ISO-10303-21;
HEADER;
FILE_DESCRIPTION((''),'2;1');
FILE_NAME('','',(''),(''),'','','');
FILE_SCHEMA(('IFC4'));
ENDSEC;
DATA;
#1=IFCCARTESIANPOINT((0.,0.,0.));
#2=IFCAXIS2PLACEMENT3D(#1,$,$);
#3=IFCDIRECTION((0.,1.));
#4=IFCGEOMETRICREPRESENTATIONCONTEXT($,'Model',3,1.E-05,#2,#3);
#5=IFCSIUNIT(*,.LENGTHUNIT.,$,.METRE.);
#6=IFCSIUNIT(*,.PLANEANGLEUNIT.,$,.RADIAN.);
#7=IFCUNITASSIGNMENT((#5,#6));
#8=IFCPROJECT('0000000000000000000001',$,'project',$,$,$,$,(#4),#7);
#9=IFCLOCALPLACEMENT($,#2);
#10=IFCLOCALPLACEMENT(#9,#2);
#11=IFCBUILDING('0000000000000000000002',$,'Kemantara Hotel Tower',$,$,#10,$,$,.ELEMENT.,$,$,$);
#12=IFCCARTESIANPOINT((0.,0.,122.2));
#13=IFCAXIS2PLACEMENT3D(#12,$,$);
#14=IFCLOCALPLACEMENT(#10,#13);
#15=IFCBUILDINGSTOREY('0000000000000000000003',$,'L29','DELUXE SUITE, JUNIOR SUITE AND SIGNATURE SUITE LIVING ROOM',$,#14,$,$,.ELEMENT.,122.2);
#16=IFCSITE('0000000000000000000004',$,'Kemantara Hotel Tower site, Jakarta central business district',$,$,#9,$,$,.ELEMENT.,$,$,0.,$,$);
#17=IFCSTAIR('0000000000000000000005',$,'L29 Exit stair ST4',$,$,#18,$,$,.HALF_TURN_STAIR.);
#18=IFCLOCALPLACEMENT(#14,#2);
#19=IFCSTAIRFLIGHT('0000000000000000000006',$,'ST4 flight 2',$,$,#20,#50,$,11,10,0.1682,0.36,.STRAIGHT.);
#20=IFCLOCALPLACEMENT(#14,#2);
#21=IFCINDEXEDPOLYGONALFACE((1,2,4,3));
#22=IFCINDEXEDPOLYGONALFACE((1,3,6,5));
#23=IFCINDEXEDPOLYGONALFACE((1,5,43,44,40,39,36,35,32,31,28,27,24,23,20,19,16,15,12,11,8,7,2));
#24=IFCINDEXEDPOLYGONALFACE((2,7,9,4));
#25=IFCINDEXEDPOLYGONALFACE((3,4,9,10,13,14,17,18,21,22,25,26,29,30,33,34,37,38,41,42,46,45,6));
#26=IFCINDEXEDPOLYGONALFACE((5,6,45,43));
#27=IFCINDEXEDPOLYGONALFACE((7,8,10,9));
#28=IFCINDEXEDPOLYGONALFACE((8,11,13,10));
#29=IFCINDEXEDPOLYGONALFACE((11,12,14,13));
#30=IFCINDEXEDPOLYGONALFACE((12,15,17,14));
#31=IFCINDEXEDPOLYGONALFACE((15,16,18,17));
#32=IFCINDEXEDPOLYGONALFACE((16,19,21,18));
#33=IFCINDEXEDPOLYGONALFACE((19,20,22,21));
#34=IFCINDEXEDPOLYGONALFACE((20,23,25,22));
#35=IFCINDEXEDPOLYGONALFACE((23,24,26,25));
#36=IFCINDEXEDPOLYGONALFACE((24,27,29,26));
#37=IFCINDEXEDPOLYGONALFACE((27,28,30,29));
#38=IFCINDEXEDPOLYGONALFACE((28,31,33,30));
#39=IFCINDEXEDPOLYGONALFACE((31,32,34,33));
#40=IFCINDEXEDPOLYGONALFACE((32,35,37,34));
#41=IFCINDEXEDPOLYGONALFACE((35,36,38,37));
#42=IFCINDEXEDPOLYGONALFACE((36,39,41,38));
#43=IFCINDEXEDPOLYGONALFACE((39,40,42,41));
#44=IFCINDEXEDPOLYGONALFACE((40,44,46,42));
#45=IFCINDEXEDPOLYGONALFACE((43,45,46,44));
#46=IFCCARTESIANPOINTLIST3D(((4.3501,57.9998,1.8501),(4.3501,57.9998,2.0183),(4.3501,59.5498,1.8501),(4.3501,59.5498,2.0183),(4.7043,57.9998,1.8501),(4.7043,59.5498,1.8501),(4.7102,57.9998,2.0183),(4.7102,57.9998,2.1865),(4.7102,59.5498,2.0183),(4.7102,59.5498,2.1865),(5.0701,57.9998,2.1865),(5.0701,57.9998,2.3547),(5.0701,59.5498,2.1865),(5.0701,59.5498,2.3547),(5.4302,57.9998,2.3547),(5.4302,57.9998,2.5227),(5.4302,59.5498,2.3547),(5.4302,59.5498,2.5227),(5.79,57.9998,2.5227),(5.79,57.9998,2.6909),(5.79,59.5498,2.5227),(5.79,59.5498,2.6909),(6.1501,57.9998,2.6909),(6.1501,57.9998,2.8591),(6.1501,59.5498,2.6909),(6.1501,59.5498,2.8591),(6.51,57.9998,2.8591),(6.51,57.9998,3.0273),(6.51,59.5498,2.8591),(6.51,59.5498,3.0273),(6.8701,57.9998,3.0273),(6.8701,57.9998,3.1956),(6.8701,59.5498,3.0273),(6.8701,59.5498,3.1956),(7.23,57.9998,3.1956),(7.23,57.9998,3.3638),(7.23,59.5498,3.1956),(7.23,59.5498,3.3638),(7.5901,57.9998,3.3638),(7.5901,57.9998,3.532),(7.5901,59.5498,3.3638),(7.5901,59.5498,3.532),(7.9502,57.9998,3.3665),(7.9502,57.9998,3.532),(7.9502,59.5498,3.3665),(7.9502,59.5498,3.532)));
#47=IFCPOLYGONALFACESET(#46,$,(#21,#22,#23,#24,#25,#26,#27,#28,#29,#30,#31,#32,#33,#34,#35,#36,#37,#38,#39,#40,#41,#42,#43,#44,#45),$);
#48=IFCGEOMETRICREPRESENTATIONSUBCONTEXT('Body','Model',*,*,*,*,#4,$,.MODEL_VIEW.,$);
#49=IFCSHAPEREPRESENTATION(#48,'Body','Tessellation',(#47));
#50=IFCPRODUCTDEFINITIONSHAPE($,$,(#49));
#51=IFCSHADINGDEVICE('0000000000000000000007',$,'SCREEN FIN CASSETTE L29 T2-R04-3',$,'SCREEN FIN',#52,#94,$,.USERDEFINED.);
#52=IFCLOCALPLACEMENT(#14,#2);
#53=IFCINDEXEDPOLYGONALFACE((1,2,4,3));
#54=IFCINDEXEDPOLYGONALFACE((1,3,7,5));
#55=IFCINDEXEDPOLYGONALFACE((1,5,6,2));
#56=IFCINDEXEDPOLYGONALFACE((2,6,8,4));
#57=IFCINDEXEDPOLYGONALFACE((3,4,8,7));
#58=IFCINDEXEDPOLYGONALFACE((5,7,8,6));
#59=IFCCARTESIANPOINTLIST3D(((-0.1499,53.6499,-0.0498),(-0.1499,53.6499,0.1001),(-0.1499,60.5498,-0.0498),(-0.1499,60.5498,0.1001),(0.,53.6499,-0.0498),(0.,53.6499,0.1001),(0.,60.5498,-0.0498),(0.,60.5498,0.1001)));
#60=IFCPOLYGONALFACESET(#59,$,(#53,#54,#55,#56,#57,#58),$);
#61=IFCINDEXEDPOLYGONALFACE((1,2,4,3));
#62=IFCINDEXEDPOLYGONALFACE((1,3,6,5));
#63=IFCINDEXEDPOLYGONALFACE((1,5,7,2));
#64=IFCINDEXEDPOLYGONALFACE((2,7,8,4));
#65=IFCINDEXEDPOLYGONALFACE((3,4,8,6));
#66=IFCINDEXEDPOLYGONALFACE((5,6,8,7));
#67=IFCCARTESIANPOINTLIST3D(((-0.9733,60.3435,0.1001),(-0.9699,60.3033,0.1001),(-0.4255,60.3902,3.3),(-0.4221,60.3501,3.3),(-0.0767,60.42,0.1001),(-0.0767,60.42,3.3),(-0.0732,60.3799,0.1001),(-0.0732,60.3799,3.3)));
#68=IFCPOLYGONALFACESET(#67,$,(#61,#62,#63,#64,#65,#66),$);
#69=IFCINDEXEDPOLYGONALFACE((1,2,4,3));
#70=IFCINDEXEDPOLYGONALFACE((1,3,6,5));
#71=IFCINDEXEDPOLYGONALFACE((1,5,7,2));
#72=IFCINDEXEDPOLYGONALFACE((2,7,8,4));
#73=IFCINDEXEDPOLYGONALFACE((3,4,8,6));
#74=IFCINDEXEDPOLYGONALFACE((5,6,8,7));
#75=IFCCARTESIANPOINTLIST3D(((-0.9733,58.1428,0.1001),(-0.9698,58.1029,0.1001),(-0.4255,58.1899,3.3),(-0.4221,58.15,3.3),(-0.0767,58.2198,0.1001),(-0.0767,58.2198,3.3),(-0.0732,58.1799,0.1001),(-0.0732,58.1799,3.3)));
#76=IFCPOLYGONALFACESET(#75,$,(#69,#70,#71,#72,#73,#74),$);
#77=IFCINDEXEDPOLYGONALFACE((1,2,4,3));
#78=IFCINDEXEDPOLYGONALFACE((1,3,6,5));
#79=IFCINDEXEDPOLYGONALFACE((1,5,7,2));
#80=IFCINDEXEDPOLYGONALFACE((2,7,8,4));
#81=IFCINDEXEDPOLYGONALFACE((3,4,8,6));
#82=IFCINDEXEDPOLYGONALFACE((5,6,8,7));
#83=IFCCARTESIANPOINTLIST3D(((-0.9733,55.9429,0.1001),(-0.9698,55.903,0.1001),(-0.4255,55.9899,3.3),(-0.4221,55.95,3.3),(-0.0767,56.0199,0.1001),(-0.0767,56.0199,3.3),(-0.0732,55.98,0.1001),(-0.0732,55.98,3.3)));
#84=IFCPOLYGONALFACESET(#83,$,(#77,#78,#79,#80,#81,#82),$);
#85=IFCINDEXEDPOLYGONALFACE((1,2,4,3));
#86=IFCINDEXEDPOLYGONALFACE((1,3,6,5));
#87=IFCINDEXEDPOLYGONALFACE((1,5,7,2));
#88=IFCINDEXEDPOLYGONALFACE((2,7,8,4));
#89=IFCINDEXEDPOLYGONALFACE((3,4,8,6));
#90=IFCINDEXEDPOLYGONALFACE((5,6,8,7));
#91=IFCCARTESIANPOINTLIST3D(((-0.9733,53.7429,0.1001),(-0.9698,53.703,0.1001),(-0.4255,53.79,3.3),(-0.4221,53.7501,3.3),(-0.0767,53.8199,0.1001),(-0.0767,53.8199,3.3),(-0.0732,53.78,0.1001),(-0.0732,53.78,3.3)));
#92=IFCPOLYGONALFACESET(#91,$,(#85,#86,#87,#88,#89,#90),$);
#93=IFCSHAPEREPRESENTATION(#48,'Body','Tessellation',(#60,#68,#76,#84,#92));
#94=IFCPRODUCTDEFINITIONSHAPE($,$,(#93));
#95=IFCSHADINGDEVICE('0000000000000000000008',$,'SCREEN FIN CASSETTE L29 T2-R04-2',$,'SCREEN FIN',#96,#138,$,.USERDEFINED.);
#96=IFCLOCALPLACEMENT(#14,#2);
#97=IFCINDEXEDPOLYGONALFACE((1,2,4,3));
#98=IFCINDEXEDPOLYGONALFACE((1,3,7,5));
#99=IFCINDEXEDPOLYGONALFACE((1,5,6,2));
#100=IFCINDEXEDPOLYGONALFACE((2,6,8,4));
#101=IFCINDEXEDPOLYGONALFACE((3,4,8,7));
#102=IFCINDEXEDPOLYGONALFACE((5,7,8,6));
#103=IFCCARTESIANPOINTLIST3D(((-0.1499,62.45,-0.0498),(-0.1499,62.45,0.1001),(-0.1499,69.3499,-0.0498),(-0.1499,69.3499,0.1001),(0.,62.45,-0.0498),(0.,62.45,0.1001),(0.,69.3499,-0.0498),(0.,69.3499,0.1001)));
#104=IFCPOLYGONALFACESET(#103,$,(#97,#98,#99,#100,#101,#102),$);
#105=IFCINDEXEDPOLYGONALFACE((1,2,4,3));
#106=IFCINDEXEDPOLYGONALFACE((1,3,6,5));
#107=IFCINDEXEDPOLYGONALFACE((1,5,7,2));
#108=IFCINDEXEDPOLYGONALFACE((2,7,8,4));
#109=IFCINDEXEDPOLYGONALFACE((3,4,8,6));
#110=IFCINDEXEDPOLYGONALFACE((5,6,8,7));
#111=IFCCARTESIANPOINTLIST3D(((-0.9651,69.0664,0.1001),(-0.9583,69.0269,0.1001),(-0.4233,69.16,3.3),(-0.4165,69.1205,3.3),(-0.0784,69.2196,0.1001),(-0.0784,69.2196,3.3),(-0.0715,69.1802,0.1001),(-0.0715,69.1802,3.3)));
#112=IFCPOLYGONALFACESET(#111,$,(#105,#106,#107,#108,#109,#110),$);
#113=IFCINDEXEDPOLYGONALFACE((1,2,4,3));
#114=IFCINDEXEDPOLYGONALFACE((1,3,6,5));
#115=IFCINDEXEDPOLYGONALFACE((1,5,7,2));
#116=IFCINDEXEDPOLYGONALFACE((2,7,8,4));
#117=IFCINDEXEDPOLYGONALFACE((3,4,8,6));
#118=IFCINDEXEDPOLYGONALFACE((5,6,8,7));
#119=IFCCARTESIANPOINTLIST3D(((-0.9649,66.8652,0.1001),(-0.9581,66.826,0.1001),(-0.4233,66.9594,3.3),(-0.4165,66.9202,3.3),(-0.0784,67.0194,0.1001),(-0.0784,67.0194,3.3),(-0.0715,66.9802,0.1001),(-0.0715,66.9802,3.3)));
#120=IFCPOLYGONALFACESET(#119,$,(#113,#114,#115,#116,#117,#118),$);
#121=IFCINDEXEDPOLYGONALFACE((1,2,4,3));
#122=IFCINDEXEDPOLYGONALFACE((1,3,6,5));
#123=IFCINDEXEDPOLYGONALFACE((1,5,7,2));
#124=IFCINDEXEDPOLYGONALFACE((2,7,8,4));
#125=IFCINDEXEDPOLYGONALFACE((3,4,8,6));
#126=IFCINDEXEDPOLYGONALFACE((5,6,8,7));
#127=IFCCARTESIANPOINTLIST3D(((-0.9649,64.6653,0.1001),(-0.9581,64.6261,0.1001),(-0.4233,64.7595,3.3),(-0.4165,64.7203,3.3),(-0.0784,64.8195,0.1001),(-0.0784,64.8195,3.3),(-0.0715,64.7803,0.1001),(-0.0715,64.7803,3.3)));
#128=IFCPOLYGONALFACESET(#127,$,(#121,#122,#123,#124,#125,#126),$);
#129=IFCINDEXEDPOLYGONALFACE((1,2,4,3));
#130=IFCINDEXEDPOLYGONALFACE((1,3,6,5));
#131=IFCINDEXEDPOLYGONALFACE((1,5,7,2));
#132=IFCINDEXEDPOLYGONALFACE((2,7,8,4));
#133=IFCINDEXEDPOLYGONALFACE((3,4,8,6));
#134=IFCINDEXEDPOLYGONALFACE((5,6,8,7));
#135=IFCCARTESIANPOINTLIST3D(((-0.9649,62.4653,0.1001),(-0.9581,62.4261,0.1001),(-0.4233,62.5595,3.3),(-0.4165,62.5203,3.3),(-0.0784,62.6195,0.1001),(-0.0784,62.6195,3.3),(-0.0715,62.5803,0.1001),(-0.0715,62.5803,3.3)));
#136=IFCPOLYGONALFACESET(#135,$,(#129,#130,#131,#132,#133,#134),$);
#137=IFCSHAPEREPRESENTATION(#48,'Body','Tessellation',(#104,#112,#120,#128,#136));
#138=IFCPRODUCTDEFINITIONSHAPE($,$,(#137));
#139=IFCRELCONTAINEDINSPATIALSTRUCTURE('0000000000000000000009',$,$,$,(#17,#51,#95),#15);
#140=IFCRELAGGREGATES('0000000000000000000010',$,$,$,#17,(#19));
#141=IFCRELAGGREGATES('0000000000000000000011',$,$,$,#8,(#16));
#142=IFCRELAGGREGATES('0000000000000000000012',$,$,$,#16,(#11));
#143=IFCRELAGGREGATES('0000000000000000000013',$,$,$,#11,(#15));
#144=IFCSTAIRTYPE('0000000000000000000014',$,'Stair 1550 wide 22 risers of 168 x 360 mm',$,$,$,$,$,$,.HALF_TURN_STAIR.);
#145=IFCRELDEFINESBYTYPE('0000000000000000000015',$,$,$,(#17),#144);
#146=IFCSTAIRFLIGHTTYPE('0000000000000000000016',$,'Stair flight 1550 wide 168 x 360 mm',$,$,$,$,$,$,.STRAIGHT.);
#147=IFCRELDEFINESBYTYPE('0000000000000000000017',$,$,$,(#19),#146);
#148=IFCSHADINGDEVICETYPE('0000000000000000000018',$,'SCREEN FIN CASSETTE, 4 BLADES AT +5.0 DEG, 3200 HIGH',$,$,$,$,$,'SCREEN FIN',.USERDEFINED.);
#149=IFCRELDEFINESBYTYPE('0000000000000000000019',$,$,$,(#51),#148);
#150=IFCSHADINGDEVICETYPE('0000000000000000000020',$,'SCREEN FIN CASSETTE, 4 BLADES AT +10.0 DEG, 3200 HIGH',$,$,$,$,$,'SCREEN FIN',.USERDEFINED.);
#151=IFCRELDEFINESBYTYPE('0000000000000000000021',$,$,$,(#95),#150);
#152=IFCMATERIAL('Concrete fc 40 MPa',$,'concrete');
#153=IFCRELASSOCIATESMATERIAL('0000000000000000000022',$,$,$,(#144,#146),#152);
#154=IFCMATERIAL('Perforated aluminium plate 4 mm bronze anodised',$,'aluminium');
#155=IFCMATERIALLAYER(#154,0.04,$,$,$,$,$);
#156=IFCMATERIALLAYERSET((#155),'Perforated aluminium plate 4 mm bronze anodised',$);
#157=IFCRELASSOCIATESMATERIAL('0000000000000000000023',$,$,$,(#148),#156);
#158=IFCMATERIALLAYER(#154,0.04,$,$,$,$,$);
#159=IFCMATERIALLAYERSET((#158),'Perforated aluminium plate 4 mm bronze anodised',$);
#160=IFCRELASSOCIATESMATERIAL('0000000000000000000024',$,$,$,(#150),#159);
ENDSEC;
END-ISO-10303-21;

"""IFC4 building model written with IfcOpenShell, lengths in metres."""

from ifc_helpers import new_model, si_unit, direction, frame, origin, origin_2d, place, context, subcontext, project, spatial, polyline, rectangle, outline, extrude, source, transform, mapped, material, layer, layer_set, type_object, element, aggregate, save


model = new_model("IFC4")

# Units and contexts
model_context = context("Model", 3, precision=1e-05, world=origin(), true_north=direction((0.0, 1.0)))
body_context = subcontext(model_context, "Body", "Model", "MODEL_VIEW")
ifc_project = project(units=[si_unit("LENGTHUNIT", "METRE"), si_unit("PLANEANGLEUNIT", "RADIAN")], contexts=[model_context])

# Site, building, storey
site_placement = place(None, origin())
site = spatial("IfcSite", under=ifc_project, at=site_placement, Name="Kemantara Hotel Tower site, Jakarta central business district", CompositionType="ELEMENT", RefElevation=0.0)
building_placement = place(site_placement, origin())
building = spatial("IfcBuilding", under=site, at=building_placement, Name="Kemantara Hotel Tower", CompositionType="ELEMENT")
storey_placement = place(building_placement, frame((0.0, 0.0, 122.2)))
storey = spatial("IfcBuildingStorey", under=building, at=storey_placement, Name="L29", Description="DELUXE SUITE, JUNIOR SUITE AND SIGNATURE SUITE LIVING ROOM", CompositionType="ELEMENT", Elevation=122.2)

# Shared definitions
ifc_material_1 = material(Name="Concrete fc 40 MPa", Category="concrete")

# Stair, stair flight
stair_type = type_object("IfcStairType", Name="Stair 1550 wide 22 risers of 168 x 360 mm", PredefinedType="HALF_TURN_STAIR", material=ifc_material_1)
stair_placement = place(storey_placement, origin())
stair = element("IfcStair", 1, at=stair_placement, inside=storey, type_object=stair_type, Name="L29 Exit stair ST4", PredefinedType="HALF_TURN_STAIR")
stair_flight_type = type_object("IfcStairFlightType", Name="Stair flight 1550 wide 168 x 360 mm", PredefinedType="STRAIGHT", material=ifc_material_1)
stair_flight_1_placement = place(storey_placement, frame((4.3501, 58.7749, 1.8501), z_axis=(0.0, 0.0, 1.0), x_axis=(1.0, 0.0, 0.0)))
stair_flight_1 = element("IfcStairFlight", 2, at=stair_flight_1_placement, type_object=stair_flight_type, Name="ST4 flight 2", NumberOfRisers=11, NumberOfTreads=10, PredefinedType="STRAIGHT", RiserHeight=0.1682, TreadLength=0.36, context=body_context, shape_type="SweptSolid", body=[
    extrude(outline(polyline([(0.0, 0.0), (0.0, 0.1682), (0.3601, 0.1682), (0.3601, 0.3364), (0.72, 0.3364), (0.72, 0.5046), (1.0801, 0.5046), (1.0801, 0.6726), (1.4399, 0.6726), (1.4399, 0.8408), (1.8, 0.8408), (1.8, 1.009), (2.1599, 1.009), (2.1599, 1.1772), (2.52, 1.1772), (2.52, 1.3455), (2.8799, 1.3455), (2.8799, 1.5137), (3.24, 1.5137), (3.24, 1.6819), (3.6001, 1.6819), (3.6001, 1.8501), (3.6001, 1.5164), (0.3542, 0.0), (0.0, 0.0)])), frame((0.0, 0.7749, 0.0), z_axis=(0.0, -1.0, 0.0), x_axis=(1.0, 0.0, 0.0)), (0.0, 0.0, 1.0), 1.55),
])
aggregate(stair, [stair_flight_1])

# Shading devices
ifc_material_2 = material(Name="Perforated aluminium plate 4 mm bronze anodised", Category="aluminium")
ifc_layer_1 = layer(ifc_material_2, 0.04)
ifc_layer_set_1 = layer_set([ifc_layer_1], Name="Perforated aluminium plate 4 mm bronze anodised")
shading_device_type_1 = type_object("IfcShadingDeviceType", Name="SCREEN FIN CASSETTE, 4 BLADES AT +5.0 DEG, 3200 HIGH", ElementType="SCREEN FIN", PredefinedType="USERDEFINED", material=ifc_layer_set_1)
shared_shape_1 = source(origin(), body_context, "Body", "SweptSolid", [
    extrude(rectangle(XDim=6.8999, YDim=0.1499, at=origin_2d()), frame((3.3, -0.075, -0.1499), z_axis=(0.0, 0.0, 1.0), x_axis=(1.0, 0.0, 0.0)), (0.0, 0.0, 1.0), 0.1499),
    extrude(outline(polyline([(0.0, 0.0), (0.8999, 0.0), (0.3501, 3.2), (0.0, 3.2), (0.0, 0.0)])), frame((0.02, -0.0732, 0.0), z_axis=(-0.996376, -0.085056, 0.0), x_axis=(0.085056, -0.996376, 0.0)), (0.0, 0.0, 1.0), 0.0403),
    extrude(outline(polyline([(0.0, 0.0), (0.8999, 0.0), (0.3501, 3.2), (0.0, 3.2), (0.0, 0.0)])), frame((2.22, -0.0732, 0.0), z_axis=(-0.996332, -0.085575, 0.0), x_axis=(0.085575, -0.996332, 0.0)), (0.0, 0.0, 1.0), 0.04),
    extrude(outline(polyline([(0.0, 0.0), (0.8999, 0.0), (0.3501, 3.2), (0.0, 3.2), (0.0, 0.0)])), frame((4.4199, -0.0732, 0.0), z_axis=(-0.996332, -0.085575, 0.0), x_axis=(0.085575, -0.996332, 0.0)), (0.0, 0.0, 1.0), 0.04),
    extrude(outline(polyline([(0.0, 0.0), (0.8999, 0.0), (0.3501, 3.2), (0.0, 3.2), (0.0, 0.0)])), frame((6.6199, -0.0732, 0.0), z_axis=(-0.996332, -0.085575, 0.0), x_axis=(0.085575, -0.996332, 0.0)), (0.0, 0.0, 1.0), 0.04),
])
shading_device_1_placement = place(storey_placement, frame((0.0, 60.3999, 0.1001), z_axis=(0.0, 0.0, 1.0), x_axis=(0.0, -1.0, 0.0)))
element("IfcShadingDevice", 3, at=shading_device_1_placement, inside=storey, type_object=shading_device_type_1, Name="SCREEN FIN CASSETTE L29 T2-R04-3", ObjectType="SCREEN FIN", PredefinedType="USERDEFINED", context=body_context, shape_type="MappedRepresentation", body=[
    mapped(shared_shape_1, transform((0.0, 0.0, 0.0))),
])
ifc_layer_2 = layer(ifc_material_2, 0.04)
ifc_layer_set_2 = layer_set([ifc_layer_2], Name="Perforated aluminium plate 4 mm bronze anodised")
shading_device_type_2 = type_object("IfcShadingDeviceType", Name="SCREEN FIN CASSETTE, 4 BLADES AT +10.0 DEG, 3200 HIGH", ElementType="SCREEN FIN", PredefinedType="USERDEFINED", material=ifc_layer_set_2)
shared_shape_2 = source(origin(), body_context, "Body", "SweptSolid", [
    extrude(rectangle(XDim=6.8999, YDim=0.1499, at=origin_2d()), frame((3.3, -0.075, -0.1499), z_axis=(0.0, 0.0, 1.0), x_axis=(1.0, 0.0, 0.0)), (0.0, 0.0, 1.0), 0.1499),
    extrude(outline(polyline([(0.0, 0.0), (0.8999, 0.0), (0.3501, 3.2), (0.0, 3.2), (0.0, 0.0)])), frame((0.0198, -0.0715, 0.0), z_axis=(-0.98539, -0.170314, 0.0), x_axis=(0.170314, -0.98539, 0.0)), (0.0, 0.0, 1.0), 0.04),
    extrude(outline(polyline([(0.0, 0.0), (0.8999, 0.0), (0.3501, 3.2), (0.0, 3.2), (0.0, 0.0)])), frame((2.2197, -0.0715, 0.0), z_axis=(-0.985212, -0.171341, 0.0), x_axis=(0.171341, -0.985212, 0.0)), (0.0, 0.0, 1.0), 0.0398),
    extrude(outline(polyline([(0.0, 0.0), (0.8999, 0.0), (0.3501, 3.2), (0.0, 3.2), (0.0, 0.0)])), frame((4.4197, -0.0715, 0.0), z_axis=(-0.985212, -0.171341, 0.0), x_axis=(0.171341, -0.985212, 0.0)), (0.0, 0.0, 1.0), 0.0398),
    extrude(outline(polyline([(0.0, 0.0), (0.8999, 0.0), (0.3501, 3.2), (0.0, 3.2), (0.0, 0.0)])), frame((6.6196, -0.0715, 0.0), z_axis=(-0.985212, -0.171341, 0.0), x_axis=(0.171341, -0.985212, 0.0)), (0.0, 0.0, 1.0), 0.0398),
])
shading_device_2_placement = place(storey_placement, frame((0.0, 69.2, 0.1001), z_axis=(0.0, 0.0, 1.0), x_axis=(0.0, -1.0, 0.0)))
element("IfcShadingDevice", 4, at=shading_device_2_placement, inside=storey, type_object=shading_device_type_2, Name="SCREEN FIN CASSETTE L29 T2-R04-2", ObjectType="SCREEN FIN", PredefinedType="USERDEFINED", context=body_context, shape_type="MappedRepresentation", body=[
    mapped(shared_shape_2, transform((0.0, 0.0, 0.0))),
])

save(model, "model.ifc")
